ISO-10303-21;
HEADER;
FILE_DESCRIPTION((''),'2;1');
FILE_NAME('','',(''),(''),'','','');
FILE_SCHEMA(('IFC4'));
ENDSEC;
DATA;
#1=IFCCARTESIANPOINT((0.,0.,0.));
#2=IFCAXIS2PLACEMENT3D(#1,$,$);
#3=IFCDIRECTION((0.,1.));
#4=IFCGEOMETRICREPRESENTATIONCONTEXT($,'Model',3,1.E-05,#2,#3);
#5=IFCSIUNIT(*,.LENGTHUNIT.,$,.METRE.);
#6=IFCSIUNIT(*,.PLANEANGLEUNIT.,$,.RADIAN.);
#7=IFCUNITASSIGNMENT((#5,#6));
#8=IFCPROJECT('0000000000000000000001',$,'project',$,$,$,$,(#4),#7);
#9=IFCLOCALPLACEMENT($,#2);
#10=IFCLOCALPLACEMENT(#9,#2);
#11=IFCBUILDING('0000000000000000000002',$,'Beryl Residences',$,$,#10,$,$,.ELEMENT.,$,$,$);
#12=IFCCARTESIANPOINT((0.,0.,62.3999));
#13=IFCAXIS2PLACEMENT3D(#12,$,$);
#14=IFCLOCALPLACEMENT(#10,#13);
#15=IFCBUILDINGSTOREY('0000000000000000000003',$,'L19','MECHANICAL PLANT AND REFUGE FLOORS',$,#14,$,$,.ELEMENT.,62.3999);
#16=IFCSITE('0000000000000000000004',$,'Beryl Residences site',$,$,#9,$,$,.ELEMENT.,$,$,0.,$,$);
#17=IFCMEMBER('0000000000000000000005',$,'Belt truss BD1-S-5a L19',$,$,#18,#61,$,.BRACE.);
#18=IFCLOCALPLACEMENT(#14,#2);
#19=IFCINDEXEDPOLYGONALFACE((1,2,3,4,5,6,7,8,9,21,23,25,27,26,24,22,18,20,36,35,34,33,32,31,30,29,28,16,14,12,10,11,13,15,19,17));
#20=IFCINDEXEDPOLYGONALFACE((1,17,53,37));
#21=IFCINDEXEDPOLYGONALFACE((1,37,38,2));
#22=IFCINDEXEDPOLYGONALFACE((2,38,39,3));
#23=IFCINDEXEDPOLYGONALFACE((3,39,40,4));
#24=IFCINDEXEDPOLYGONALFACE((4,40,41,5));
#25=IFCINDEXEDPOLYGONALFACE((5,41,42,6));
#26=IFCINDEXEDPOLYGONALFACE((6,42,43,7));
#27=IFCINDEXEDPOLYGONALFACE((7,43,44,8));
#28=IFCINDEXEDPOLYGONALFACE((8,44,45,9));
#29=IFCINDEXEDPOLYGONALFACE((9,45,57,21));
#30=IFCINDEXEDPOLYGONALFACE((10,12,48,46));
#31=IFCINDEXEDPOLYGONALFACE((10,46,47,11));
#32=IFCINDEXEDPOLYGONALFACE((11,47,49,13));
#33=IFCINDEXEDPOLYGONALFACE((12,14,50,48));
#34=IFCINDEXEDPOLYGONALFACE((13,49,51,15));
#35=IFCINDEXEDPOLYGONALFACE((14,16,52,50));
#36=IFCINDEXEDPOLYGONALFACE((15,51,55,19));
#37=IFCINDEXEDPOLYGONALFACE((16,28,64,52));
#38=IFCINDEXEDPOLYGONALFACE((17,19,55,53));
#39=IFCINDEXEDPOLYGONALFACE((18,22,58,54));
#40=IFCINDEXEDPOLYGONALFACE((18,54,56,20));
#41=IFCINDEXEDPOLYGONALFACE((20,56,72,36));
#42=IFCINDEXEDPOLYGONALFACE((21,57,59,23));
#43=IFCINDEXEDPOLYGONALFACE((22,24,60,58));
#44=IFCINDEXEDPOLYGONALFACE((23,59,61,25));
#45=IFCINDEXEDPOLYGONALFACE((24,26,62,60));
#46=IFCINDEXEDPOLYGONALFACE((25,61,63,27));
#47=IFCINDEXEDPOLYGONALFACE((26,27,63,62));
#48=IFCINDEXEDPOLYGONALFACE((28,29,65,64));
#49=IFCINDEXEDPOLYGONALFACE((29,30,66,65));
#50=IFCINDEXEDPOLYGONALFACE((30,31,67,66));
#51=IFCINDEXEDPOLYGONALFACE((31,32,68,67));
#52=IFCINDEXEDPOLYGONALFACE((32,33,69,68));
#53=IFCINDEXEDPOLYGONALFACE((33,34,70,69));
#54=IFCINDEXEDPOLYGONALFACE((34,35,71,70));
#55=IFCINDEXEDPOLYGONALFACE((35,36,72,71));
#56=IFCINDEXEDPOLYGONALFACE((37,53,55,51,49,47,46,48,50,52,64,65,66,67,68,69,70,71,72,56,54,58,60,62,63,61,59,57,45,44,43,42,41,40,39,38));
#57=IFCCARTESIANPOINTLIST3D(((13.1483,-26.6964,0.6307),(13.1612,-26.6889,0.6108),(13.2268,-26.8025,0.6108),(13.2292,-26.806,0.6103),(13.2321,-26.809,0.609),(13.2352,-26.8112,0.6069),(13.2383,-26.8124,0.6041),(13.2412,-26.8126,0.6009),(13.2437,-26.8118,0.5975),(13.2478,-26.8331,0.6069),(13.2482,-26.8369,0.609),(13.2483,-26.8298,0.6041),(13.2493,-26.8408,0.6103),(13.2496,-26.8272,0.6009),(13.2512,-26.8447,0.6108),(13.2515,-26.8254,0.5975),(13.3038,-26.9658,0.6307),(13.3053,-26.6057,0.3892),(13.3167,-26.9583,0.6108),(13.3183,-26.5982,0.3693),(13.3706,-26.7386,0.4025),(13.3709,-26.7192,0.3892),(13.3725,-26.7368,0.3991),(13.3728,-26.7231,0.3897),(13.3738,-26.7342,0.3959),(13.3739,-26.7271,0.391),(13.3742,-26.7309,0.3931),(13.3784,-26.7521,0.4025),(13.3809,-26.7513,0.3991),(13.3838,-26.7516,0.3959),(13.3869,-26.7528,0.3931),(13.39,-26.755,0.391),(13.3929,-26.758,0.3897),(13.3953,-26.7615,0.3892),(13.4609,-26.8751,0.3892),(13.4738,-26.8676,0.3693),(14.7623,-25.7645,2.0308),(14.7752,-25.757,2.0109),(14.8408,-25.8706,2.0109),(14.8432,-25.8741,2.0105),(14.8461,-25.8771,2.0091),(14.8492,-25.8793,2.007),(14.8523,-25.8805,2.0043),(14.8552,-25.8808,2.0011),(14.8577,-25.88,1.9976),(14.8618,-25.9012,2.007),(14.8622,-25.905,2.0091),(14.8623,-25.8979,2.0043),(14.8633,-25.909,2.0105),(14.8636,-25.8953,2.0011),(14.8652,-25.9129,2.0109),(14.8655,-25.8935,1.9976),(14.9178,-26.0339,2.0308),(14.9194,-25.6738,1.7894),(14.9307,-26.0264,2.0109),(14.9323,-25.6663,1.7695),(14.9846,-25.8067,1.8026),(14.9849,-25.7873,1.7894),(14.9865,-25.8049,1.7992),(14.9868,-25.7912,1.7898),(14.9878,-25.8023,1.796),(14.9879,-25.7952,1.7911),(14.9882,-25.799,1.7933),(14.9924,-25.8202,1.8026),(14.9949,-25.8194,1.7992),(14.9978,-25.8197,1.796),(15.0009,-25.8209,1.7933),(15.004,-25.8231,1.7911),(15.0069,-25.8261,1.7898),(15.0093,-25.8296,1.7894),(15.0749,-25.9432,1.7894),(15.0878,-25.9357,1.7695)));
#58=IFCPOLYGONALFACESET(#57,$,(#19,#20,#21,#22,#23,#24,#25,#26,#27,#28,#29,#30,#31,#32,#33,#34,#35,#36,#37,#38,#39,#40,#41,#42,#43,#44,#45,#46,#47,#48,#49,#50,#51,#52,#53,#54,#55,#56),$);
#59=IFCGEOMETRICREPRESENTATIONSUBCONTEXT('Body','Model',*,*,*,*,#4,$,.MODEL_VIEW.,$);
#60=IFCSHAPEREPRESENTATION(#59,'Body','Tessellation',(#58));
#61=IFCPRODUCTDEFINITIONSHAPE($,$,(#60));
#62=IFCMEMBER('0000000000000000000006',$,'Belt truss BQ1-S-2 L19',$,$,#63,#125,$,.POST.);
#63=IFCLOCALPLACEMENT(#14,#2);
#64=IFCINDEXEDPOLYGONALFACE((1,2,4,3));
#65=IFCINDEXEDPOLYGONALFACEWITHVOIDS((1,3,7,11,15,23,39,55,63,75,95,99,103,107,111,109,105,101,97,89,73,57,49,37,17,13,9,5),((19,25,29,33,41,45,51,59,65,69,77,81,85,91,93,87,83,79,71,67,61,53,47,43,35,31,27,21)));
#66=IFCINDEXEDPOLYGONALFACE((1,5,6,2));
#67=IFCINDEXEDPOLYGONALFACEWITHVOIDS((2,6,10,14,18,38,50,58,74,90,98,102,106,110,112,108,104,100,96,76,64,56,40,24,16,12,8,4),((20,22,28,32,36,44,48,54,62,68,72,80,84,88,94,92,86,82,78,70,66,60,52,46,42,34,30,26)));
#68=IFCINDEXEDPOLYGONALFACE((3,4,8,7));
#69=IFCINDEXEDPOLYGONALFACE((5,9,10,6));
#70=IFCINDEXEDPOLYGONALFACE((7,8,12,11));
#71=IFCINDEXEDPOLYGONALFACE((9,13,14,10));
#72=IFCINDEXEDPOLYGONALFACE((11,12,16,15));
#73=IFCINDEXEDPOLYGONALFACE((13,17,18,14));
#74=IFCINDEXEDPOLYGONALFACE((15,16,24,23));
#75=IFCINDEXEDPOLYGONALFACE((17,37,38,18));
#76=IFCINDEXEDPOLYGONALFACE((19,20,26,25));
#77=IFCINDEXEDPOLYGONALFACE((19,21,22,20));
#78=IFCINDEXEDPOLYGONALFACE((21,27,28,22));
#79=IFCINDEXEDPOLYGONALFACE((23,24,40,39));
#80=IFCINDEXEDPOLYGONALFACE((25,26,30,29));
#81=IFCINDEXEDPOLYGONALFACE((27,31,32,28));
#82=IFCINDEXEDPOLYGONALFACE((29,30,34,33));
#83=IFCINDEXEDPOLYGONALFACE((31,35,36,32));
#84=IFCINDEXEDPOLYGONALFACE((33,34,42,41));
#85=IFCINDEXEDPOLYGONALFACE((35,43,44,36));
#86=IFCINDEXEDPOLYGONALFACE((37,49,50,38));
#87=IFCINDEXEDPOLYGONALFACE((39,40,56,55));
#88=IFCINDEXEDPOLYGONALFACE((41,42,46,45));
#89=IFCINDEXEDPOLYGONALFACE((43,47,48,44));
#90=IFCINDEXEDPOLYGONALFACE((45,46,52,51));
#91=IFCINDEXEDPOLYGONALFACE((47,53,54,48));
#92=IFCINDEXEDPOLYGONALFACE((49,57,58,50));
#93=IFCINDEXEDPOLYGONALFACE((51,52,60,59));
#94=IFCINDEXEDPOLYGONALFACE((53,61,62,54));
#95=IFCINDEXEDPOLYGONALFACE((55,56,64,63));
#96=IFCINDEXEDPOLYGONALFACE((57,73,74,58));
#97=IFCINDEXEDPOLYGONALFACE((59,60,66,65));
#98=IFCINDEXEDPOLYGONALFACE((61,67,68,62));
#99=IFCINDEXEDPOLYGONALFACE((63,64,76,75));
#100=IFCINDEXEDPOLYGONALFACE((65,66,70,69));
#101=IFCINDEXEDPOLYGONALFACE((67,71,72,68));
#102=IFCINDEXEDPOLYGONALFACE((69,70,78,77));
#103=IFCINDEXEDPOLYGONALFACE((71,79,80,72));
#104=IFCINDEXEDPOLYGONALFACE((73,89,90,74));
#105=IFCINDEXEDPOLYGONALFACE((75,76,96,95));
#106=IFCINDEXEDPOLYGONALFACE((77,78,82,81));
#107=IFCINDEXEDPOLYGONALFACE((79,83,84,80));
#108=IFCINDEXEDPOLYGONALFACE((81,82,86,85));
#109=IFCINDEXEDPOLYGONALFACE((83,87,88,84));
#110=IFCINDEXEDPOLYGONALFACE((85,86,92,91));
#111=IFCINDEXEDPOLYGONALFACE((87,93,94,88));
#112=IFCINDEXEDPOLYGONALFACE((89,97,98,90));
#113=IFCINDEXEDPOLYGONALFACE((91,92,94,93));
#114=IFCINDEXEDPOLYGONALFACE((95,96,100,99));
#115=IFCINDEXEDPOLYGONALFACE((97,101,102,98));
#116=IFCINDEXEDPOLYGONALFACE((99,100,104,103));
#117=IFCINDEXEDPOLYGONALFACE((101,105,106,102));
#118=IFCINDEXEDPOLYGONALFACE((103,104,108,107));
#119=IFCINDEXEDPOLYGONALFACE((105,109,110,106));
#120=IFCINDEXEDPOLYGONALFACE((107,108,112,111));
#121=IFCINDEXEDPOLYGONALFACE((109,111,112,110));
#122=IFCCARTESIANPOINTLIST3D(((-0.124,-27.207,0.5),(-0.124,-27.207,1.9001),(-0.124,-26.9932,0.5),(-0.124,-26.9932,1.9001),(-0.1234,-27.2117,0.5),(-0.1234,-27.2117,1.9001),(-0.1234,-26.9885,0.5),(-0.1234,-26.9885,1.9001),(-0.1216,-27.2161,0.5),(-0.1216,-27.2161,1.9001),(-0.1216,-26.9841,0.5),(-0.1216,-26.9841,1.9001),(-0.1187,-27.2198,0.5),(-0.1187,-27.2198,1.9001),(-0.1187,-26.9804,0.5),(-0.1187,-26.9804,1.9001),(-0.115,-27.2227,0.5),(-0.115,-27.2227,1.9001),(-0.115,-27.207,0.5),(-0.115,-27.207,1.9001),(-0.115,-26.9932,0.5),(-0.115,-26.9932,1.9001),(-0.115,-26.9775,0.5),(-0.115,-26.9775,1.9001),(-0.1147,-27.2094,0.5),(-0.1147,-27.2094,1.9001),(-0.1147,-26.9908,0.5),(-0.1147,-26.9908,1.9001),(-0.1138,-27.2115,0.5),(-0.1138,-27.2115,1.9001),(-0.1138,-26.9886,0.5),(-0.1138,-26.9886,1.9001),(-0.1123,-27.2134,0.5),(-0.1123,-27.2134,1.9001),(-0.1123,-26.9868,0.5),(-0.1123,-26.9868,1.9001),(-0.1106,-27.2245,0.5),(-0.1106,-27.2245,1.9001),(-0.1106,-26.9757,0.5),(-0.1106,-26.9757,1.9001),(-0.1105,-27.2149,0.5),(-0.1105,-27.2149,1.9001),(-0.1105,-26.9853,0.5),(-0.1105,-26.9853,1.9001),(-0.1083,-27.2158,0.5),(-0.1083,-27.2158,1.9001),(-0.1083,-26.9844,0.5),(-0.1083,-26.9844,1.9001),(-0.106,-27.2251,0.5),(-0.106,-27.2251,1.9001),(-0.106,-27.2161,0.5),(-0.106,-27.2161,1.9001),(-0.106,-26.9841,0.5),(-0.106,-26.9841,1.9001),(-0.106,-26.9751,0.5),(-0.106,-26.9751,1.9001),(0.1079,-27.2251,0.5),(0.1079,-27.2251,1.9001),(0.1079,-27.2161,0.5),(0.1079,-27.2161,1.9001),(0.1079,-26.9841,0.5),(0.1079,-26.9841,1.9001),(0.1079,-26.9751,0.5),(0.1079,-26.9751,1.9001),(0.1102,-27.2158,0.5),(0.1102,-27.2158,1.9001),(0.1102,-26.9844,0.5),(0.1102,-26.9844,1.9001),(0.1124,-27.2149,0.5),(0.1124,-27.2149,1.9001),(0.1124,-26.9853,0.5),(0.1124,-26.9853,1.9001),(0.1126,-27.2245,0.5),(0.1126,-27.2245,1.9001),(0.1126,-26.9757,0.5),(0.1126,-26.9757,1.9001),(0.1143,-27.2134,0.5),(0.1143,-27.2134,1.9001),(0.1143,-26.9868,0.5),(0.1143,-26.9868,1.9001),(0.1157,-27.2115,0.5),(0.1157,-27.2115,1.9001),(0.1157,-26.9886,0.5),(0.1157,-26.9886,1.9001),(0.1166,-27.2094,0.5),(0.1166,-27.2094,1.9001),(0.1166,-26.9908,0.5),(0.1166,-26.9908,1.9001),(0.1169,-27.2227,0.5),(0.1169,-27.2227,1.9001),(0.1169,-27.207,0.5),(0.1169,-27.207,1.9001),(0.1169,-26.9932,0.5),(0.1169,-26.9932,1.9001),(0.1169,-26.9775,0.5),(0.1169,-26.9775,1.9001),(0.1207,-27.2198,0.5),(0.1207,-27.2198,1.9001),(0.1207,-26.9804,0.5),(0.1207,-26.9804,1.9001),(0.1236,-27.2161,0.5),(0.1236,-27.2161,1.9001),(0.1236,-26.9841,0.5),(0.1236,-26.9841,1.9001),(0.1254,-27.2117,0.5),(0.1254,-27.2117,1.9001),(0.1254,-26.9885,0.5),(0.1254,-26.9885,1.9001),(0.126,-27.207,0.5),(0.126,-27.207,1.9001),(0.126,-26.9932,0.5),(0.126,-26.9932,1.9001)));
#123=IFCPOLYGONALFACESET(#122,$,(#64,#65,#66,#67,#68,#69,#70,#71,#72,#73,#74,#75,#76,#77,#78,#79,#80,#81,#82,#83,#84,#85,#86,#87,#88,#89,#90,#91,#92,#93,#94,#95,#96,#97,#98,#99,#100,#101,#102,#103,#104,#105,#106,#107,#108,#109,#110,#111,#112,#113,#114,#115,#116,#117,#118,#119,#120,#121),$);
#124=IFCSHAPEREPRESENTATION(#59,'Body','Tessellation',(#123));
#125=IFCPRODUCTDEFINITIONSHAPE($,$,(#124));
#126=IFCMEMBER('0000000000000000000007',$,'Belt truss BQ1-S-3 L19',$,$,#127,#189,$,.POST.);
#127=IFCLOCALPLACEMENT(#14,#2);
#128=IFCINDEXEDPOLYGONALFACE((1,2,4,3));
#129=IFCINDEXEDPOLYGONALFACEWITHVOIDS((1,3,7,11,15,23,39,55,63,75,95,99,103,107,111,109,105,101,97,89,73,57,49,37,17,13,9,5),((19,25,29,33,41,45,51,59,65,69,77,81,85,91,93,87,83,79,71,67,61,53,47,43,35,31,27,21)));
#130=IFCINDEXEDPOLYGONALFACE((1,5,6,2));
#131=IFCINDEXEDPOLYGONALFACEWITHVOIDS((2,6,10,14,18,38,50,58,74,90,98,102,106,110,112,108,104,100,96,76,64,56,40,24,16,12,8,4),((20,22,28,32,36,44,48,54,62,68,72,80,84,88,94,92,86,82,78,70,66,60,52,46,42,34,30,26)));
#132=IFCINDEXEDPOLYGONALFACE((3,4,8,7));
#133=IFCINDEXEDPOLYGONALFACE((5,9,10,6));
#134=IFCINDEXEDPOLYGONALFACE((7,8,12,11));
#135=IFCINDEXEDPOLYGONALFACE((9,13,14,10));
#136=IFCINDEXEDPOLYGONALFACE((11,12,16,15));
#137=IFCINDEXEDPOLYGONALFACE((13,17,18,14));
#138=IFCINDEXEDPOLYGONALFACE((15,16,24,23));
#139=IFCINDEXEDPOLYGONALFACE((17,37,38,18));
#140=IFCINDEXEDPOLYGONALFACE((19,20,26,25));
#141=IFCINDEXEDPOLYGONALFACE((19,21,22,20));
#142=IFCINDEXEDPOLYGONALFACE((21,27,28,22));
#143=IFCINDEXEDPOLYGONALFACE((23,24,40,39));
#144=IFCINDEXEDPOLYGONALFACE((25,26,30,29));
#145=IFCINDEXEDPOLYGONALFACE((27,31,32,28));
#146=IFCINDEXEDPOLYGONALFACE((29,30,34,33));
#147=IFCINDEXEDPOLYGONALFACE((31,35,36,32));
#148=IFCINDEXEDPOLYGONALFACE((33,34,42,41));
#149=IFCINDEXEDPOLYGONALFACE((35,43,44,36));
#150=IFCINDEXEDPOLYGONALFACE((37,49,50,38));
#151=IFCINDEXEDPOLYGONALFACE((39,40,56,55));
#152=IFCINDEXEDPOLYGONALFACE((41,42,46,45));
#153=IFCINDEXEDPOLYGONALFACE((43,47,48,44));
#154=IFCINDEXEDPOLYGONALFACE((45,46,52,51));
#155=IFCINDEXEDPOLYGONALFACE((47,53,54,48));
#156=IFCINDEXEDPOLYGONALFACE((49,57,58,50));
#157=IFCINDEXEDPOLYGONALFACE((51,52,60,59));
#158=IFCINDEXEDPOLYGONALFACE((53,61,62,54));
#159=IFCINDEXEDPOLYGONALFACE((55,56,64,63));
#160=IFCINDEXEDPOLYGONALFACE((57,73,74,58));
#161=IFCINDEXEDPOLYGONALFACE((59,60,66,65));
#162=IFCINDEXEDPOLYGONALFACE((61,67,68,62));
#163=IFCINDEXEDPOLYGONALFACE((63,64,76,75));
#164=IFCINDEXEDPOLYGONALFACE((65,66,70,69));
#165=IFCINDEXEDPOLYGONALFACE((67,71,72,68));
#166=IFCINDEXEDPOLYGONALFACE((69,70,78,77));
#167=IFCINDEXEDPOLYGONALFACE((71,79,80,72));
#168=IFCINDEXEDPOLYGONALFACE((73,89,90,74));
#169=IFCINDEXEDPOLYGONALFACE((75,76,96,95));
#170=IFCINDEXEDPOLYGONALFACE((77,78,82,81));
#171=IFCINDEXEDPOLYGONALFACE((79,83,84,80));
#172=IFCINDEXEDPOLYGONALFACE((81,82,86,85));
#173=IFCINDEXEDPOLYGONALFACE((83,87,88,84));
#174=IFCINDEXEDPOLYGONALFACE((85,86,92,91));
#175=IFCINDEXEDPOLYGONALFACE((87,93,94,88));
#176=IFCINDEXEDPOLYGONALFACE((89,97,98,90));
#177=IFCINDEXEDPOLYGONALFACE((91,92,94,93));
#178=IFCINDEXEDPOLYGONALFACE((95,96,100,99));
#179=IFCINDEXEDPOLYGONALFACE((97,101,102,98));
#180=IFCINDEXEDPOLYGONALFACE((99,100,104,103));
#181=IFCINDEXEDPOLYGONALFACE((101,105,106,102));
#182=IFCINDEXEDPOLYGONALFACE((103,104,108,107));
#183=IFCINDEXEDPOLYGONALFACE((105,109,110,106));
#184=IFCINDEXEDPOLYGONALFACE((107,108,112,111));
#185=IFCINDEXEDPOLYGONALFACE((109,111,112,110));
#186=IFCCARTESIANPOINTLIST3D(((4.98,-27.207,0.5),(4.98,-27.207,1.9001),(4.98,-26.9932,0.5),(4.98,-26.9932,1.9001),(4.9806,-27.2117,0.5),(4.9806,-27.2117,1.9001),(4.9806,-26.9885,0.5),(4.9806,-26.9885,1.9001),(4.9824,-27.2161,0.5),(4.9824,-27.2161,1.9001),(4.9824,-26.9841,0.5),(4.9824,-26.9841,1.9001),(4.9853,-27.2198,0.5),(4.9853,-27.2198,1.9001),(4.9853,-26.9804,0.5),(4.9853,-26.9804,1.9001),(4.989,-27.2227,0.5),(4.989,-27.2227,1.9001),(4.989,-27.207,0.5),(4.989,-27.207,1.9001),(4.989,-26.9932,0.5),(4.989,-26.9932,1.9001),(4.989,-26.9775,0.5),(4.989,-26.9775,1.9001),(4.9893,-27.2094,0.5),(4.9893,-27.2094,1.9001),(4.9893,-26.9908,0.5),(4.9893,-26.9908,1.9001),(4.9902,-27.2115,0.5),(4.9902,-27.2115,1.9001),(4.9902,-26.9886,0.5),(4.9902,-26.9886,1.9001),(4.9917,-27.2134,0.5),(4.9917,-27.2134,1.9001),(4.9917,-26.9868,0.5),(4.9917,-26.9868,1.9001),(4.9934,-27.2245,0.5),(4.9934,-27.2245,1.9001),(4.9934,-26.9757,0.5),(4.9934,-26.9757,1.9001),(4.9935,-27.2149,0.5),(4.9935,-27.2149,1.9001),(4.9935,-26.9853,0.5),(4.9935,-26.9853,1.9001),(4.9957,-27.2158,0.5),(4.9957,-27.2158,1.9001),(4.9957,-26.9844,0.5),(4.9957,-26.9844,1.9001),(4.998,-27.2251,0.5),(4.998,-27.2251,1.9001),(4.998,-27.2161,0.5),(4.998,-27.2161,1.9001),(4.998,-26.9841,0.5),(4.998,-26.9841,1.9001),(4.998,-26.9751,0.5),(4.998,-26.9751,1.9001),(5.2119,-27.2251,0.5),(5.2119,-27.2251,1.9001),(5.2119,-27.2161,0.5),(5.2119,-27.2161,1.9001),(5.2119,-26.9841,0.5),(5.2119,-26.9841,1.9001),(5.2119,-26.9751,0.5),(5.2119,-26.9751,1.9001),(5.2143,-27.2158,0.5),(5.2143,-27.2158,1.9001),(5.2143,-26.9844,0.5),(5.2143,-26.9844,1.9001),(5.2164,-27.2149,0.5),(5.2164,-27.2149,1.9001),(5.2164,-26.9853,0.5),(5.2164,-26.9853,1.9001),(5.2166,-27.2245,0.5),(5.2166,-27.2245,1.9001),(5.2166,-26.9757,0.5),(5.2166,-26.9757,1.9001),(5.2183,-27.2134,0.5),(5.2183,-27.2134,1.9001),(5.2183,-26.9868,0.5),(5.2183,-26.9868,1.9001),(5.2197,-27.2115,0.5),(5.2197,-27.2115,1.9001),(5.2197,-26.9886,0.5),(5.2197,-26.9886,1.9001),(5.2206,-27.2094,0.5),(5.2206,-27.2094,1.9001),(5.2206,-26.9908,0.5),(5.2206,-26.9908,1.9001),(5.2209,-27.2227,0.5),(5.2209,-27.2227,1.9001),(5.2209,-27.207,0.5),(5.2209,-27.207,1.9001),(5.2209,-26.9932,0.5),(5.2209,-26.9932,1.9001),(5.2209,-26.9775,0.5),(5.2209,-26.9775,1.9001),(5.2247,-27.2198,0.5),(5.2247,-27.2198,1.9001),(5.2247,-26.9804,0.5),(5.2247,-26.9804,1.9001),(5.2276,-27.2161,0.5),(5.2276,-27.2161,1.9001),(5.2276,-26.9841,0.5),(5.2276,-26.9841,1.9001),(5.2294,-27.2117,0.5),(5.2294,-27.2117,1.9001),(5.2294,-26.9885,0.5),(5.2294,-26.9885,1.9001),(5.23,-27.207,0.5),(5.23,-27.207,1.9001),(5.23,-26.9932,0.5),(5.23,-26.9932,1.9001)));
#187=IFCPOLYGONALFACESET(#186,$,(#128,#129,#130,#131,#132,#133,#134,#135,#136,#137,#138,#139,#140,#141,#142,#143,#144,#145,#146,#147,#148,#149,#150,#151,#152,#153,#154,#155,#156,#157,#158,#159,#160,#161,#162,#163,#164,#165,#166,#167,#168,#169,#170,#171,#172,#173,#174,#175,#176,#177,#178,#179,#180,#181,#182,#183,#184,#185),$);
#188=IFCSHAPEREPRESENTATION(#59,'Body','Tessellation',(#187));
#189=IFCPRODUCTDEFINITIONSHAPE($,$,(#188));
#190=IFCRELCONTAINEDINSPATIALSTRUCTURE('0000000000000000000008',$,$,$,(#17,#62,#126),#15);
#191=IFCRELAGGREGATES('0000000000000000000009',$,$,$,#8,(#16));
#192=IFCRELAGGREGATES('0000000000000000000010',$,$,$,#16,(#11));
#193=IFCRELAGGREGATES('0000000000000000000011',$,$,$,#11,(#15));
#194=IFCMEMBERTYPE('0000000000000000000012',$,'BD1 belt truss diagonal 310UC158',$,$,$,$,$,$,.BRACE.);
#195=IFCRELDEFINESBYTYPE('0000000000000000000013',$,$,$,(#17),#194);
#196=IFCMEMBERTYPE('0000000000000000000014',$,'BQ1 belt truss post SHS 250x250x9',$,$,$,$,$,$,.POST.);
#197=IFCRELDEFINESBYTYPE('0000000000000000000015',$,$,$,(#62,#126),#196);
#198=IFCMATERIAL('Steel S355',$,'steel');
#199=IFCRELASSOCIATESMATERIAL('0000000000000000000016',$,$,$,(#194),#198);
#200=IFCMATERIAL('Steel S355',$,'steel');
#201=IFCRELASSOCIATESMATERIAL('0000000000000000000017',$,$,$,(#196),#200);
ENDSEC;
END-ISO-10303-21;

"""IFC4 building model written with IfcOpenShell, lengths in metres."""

from ifc_helpers import new_model, si_unit, direction, frame, origin, origin_2d, place, context, subcontext, project, spatial, hollow_rectangle, i_section, extrude, material, material_profile, profile_set, type_object, element, save


model = new_model("IFC4")

# Units and contexts
model_context = context("Model", 3, precision=1e-05, world=origin(), true_north=direction((0.0, 1.0)))
body_context = subcontext(model_context, "Body", "Model", "MODEL_VIEW")
ifc_project = project(units=[si_unit("LENGTHUNIT", "METRE"), si_unit("PLANEANGLEUNIT", "RADIAN")], contexts=[model_context])

# Site, building, storey
site_placement = place(None, origin())
site = spatial("IfcSite", under=ifc_project, at=site_placement, Name="Beryl Residences site", CompositionType="ELEMENT", RefElevation=0.0)
building_placement = place(site_placement, origin())
building = spatial("IfcBuilding", under=site, at=building_placement, Name="Beryl Residences", CompositionType="ELEMENT")
storey_placement = place(building_placement, frame((0.0, 0.0, 62.3999)))
storey = spatial("IfcBuildingStorey", under=building, at=storey_placement, Name="L19", Description="MECHANICAL PLANT AND REFUGE FLOORS", CompositionType="ELEMENT", Elevation=62.3999)

# Members
ifc_material_1 = material(Name="Steel S355", Category="steel")
ifc_material_profile_1 = material_profile(ifc_material_1, i_section(OverallWidth=0.311, OverallDepth=0.3269, WebThickness=0.0156, FlangeThickness=0.0249, FilletRadius=0.0166, at=origin_2d()))
ifc_profile_set_1 = profile_set([ifc_material_profile_1], Name="Steel S355")
member_type_1 = type_object("IfcMemberType", Name="BD1 belt truss diagonal 310UC158", PredefinedType="BRACE", material=ifc_profile_set_1)
member_1_placement = place(storey_placement, frame((13.311, -26.782, 0.5), z_axis=(0.692394, 0.399768, 0.600647), x_axis=(-0.500013, 0.866018, 0.0)))
element("IfcMember", 1, at=member_1_placement, inside=storey, type_object=member_type_1, Name="Belt truss BD1-S-5a L19", PredefinedType="BRACE", context=body_context, shape_type="SweptSolid", body=[
    extrude(i_section(OverallWidth=0.311, OverallDepth=0.3269, WebThickness=0.0156, FlangeThickness=0.0249, FilletRadius=0.0166, at=origin_2d()), origin(), (0.0, 0.0, 1.0), 2.3311),
])
ifc_material_2 = material(Name="Steel S355", Category="steel")
ifc_material_profile_2 = material_profile(ifc_material_2, hollow_rectangle(XDim=0.25, YDim=0.25, WallThickness=0.009, InnerFilletRadius=0.009, OuterFilletRadius=0.0181, at=origin_2d()))
ifc_profile_set_2 = profile_set([ifc_material_profile_2], Name="Steel S355")
member_type_2 = type_object("IfcMemberType", Name="BQ1 belt truss post SHS 250x250x9", PredefinedType="POST", material=ifc_profile_set_2)
for number, where, z_axis, x_axis, name in (
    (2, (0.001, -27.1001, 0.5), (0.0, 0.0, 1.0), (1.0, 0.0, 0.0), "Belt truss BQ1-S-2 L19"),
    (3, (5.105, -27.1001, 0.5), (0.0, 0.0, 1.0), (1.0, 0.0, 0.0), "Belt truss BQ1-S-3 L19"),
):
    element("IfcMember", number, at=place(storey_placement, frame(where, z_axis=z_axis, x_axis=x_axis)), inside=storey, type_object=member_type_2, Name=name, PredefinedType="POST", context=body_context, shape_type="SweptSolid", body=[
        extrude(hollow_rectangle(XDim=0.25, YDim=0.25, WallThickness=0.009, InnerFilletRadius=0.009, OuterFilletRadius=0.0181, at=origin_2d()), origin(), (0.0, 0.0, 1.0), 1.4001),
    ])

save(model, "model.ifc")
